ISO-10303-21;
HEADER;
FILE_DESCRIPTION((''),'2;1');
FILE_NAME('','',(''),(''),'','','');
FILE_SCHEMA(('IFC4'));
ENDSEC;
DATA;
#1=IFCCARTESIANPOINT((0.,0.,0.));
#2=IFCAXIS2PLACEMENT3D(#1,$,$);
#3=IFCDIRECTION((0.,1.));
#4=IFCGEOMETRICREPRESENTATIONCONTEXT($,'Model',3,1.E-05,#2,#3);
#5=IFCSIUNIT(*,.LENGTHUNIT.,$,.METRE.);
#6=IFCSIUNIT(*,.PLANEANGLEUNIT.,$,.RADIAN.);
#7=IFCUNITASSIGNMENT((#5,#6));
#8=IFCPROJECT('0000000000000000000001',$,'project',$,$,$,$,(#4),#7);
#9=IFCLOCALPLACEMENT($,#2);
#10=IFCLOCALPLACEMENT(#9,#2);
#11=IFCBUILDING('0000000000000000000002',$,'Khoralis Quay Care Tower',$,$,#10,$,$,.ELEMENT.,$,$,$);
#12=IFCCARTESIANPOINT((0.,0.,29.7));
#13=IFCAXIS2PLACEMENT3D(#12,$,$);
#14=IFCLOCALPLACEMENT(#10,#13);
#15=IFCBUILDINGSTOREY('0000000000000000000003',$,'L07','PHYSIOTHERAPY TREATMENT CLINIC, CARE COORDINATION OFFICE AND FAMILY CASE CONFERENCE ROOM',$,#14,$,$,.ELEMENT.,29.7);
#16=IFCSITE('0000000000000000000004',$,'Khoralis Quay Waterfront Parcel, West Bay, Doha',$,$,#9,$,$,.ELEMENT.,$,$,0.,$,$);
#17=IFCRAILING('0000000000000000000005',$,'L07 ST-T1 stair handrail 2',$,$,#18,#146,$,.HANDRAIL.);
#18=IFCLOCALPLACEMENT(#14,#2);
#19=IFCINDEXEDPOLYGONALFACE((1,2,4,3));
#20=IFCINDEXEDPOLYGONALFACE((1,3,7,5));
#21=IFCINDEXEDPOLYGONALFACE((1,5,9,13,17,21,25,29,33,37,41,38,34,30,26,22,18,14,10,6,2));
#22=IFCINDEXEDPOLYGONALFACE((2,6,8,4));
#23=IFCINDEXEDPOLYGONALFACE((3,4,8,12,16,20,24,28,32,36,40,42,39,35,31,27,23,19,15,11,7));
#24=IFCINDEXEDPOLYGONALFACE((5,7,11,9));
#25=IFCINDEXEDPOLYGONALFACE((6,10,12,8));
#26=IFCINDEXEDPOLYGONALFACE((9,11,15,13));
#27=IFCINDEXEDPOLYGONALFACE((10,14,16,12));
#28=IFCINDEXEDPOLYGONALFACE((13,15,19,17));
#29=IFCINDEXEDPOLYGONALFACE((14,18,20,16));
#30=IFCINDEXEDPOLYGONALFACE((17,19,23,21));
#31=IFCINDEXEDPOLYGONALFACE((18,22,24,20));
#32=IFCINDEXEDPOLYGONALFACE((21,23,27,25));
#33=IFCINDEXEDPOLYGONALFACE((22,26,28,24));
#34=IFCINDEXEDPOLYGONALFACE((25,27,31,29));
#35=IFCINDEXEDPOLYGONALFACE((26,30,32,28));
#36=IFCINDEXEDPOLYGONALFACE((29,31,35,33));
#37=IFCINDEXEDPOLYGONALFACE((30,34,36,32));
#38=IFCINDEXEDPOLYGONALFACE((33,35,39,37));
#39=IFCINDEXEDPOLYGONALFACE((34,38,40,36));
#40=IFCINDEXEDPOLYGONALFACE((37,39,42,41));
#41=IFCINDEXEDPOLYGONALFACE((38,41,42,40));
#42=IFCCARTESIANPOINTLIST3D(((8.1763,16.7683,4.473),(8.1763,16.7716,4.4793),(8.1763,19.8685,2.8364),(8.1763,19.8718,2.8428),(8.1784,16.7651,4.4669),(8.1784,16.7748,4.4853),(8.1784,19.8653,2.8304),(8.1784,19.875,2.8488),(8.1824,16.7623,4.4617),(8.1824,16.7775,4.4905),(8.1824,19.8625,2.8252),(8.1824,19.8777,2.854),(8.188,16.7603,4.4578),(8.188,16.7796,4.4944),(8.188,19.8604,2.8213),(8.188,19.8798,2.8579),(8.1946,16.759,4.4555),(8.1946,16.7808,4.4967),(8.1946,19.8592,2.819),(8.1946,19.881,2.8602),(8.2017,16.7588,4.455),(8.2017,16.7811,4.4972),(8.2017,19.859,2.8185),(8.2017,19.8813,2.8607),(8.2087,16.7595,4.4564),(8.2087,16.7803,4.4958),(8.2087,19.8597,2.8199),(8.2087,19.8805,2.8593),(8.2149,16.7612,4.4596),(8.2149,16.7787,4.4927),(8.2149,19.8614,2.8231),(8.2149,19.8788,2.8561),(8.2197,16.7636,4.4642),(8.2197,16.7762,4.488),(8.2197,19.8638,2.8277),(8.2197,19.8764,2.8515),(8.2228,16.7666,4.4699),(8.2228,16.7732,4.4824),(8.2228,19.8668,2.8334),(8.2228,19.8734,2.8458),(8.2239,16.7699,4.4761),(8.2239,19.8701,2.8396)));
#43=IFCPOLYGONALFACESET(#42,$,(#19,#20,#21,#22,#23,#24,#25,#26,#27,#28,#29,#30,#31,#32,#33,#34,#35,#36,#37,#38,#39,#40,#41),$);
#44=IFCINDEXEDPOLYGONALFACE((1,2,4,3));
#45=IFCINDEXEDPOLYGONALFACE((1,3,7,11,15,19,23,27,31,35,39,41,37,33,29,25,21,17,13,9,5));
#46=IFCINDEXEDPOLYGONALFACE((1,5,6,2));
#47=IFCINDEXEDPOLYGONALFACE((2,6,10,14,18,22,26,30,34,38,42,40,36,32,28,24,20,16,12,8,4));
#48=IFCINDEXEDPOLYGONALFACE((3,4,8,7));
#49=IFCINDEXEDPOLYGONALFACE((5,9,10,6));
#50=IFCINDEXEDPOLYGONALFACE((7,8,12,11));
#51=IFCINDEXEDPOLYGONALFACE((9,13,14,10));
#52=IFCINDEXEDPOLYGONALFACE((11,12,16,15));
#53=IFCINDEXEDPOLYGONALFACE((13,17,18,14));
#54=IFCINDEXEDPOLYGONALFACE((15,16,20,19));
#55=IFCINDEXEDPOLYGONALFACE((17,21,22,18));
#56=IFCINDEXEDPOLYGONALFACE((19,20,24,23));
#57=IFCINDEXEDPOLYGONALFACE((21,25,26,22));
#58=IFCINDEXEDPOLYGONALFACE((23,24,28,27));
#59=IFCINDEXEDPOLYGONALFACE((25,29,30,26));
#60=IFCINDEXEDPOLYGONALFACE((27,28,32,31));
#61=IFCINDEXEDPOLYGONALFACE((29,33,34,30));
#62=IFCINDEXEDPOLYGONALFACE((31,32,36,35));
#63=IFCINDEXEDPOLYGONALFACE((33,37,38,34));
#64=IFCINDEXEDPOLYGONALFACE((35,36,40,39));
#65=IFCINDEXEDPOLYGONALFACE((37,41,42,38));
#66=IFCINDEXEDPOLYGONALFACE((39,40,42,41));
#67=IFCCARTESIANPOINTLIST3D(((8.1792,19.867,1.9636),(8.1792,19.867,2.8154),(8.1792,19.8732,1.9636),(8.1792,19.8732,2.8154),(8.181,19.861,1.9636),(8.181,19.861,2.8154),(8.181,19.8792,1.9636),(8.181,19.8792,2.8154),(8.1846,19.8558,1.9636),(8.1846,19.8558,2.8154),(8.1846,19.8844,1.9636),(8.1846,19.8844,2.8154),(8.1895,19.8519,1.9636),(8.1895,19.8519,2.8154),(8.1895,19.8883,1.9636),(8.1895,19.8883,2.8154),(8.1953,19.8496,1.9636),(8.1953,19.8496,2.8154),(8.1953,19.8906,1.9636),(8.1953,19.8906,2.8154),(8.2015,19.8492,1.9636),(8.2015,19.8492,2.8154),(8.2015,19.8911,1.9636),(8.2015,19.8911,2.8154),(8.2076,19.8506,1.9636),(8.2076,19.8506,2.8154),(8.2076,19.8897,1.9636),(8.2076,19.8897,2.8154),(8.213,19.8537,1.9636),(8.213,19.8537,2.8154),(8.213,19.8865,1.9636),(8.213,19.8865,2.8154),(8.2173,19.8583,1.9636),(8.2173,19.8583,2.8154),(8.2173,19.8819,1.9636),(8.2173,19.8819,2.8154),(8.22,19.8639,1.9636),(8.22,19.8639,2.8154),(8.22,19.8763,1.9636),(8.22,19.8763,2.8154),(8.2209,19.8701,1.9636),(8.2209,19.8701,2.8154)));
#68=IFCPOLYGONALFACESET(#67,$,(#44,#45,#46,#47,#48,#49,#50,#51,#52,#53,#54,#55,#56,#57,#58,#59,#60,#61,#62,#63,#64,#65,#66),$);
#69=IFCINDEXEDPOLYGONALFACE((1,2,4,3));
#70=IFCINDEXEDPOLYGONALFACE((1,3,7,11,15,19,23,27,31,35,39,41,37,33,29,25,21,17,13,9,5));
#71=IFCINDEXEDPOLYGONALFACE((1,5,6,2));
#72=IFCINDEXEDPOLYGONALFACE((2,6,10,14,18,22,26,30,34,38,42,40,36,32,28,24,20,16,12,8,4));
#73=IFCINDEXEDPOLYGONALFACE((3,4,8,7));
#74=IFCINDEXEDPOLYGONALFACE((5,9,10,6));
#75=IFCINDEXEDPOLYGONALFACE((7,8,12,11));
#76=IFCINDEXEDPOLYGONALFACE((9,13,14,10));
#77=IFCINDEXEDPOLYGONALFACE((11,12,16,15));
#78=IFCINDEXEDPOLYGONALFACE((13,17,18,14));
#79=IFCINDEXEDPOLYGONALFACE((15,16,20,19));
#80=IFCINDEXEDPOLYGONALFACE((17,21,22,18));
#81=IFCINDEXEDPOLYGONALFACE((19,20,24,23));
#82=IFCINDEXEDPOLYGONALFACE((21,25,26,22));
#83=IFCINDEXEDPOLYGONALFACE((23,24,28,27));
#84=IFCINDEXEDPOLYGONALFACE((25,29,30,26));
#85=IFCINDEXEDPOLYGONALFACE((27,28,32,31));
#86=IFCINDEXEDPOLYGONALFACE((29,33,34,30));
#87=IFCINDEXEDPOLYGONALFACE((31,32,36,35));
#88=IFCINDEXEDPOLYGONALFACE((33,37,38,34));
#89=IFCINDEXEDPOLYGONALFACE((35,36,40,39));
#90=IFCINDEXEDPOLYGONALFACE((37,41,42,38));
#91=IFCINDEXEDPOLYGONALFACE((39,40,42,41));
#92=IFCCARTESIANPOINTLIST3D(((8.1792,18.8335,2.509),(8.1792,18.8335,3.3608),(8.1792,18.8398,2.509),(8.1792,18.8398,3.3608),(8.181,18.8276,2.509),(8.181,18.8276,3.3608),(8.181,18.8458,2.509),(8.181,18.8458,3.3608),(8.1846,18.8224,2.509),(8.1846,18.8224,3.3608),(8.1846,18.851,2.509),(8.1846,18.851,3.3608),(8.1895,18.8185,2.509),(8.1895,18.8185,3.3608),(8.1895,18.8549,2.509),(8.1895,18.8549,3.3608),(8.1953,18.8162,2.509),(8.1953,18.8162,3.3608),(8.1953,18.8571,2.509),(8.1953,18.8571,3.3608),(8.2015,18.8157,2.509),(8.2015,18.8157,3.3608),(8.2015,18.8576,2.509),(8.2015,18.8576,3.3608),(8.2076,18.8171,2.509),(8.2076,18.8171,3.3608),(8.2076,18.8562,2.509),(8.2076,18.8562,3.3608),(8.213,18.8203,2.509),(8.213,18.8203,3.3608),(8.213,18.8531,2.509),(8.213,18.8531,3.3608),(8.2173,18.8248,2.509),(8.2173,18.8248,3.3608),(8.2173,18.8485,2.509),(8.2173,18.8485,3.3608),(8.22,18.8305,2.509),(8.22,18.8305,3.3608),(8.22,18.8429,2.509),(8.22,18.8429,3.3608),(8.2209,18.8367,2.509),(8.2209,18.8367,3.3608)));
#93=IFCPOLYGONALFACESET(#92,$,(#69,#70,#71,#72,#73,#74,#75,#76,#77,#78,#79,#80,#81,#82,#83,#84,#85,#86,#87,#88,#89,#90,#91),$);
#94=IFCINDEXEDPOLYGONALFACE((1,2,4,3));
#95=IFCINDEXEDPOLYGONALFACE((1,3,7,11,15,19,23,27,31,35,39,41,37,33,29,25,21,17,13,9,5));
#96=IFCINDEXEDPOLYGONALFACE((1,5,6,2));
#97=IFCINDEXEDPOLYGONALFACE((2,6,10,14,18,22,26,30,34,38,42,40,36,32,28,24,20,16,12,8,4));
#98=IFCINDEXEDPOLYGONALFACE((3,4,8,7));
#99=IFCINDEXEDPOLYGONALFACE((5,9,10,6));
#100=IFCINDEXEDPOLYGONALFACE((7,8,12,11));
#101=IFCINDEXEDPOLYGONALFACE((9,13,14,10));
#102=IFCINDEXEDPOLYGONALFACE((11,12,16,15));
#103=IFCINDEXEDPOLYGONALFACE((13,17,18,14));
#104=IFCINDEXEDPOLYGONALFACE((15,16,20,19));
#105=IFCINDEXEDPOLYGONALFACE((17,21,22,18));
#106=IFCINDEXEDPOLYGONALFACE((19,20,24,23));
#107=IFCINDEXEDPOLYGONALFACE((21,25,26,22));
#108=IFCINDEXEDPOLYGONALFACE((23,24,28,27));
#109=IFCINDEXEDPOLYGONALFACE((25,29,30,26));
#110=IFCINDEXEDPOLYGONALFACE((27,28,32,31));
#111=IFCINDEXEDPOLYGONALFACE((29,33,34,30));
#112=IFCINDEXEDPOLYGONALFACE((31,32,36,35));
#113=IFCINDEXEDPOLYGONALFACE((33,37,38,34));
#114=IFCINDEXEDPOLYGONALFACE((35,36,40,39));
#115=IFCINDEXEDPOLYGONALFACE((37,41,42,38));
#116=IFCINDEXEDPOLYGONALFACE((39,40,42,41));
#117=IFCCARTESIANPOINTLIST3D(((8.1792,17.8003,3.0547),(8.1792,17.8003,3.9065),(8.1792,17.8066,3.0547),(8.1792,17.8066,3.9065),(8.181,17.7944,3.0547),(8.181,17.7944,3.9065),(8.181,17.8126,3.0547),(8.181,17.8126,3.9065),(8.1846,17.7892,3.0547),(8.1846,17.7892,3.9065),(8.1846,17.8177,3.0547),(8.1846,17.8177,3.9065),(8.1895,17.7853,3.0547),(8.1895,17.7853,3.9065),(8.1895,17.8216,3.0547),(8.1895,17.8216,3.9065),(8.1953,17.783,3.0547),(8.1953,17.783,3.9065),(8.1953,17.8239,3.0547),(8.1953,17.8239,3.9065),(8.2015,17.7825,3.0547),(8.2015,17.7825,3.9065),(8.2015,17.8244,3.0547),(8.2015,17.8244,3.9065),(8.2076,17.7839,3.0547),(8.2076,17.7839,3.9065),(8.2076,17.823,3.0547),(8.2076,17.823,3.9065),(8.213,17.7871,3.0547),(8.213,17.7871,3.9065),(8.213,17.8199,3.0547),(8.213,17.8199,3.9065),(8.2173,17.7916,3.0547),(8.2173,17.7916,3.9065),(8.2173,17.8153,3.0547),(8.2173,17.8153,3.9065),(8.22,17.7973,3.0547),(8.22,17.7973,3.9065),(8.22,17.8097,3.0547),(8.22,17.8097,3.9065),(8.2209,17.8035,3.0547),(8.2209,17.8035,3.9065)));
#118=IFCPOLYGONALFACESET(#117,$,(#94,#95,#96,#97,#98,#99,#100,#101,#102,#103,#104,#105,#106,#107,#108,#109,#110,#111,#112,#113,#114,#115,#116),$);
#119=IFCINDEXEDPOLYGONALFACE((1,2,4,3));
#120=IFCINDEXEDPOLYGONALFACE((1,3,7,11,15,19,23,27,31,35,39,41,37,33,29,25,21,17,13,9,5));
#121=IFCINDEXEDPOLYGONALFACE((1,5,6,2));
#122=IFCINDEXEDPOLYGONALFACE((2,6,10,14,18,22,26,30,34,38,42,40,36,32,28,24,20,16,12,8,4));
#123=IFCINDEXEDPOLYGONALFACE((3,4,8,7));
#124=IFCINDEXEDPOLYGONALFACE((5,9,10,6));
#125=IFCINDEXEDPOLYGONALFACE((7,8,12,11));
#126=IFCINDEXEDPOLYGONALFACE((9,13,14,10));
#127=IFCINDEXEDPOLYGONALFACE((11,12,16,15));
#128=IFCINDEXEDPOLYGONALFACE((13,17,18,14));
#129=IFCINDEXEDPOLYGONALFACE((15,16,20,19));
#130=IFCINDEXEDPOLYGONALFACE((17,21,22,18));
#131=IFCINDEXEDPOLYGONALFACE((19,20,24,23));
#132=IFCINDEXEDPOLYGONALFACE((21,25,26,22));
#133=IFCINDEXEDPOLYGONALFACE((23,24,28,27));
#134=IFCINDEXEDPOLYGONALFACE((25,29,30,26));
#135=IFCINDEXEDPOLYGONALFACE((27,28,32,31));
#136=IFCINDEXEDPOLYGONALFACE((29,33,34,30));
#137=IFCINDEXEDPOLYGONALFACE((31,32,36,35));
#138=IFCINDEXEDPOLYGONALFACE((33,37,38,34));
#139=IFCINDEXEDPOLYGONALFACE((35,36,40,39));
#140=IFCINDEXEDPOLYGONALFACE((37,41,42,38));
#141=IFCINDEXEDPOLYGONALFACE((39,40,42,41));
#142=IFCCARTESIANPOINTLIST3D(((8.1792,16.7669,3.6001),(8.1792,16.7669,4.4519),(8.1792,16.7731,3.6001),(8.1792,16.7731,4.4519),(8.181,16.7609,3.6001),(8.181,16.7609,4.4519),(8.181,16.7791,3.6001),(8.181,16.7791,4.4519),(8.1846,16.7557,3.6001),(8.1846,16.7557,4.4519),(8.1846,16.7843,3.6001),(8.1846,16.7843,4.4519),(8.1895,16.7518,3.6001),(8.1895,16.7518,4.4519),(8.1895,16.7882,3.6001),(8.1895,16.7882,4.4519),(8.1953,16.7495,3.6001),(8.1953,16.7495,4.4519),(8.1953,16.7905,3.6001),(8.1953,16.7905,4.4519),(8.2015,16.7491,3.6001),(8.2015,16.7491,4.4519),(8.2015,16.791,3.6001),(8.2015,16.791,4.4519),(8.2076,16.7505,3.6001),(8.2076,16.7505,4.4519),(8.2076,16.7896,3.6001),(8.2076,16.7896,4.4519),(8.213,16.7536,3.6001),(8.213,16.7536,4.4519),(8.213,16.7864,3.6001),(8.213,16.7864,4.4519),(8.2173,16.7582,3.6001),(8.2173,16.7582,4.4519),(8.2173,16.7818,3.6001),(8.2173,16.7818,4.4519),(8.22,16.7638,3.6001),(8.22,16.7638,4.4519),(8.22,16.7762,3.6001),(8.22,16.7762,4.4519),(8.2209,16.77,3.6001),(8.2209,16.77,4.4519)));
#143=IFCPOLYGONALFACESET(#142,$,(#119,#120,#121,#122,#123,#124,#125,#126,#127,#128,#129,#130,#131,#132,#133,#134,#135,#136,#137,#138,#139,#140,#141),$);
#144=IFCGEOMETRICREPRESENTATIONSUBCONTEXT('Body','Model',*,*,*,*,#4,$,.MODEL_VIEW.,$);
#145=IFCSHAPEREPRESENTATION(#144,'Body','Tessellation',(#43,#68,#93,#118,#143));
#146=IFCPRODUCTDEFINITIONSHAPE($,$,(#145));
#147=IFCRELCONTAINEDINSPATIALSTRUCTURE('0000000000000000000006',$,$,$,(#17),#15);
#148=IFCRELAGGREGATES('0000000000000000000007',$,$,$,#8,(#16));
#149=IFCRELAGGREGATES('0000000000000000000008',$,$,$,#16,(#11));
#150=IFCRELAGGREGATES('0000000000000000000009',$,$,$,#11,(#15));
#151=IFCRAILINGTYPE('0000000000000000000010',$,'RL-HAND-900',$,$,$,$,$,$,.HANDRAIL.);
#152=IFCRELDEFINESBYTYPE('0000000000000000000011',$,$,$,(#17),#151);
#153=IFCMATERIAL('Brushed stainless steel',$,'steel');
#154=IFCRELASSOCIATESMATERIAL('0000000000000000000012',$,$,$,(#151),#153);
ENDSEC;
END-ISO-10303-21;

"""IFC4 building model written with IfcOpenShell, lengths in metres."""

from ifc_helpers import new_model, si_unit, direction, frame, origin, origin_2d, place, context, subcontext, project, spatial, circle, extrude, material, type_object, element, save


model = new_model("IFC4")

# Units and contexts
model_context = context("Model", 3, precision=1e-05, world=origin(), true_north=direction((0.0, 1.0)))
body_context = subcontext(model_context, "Body", "Model", "MODEL_VIEW")
ifc_project = project(units=[si_unit("LENGTHUNIT", "METRE"), si_unit("PLANEANGLEUNIT", "RADIAN")], contexts=[model_context])

# Site, building, storey
site_placement = place(None, origin())
site = spatial("IfcSite", under=ifc_project, at=site_placement, Name="Khoralis Quay Waterfront Parcel, West Bay, Doha", CompositionType="ELEMENT", RefElevation=0.0)
building_placement = place(site_placement, origin())
building = spatial("IfcBuilding", under=site, at=building_placement, Name="Khoralis Quay Care Tower", CompositionType="ELEMENT")
storey_placement = place(building_placement, frame((0.0, 0.0, 29.7)))
storey = spatial("IfcBuildingStorey", under=building, at=storey_placement, Name="L07", Description="PHYSIOTHERAPY TREATMENT CLINIC, CARE COORDINATION OFFICE AND FAMILY CASE CONFERENCE ROOM", CompositionType="ELEMENT", Elevation=29.7)

# Shared definitions
ifc_material_1 = material(Name="Brushed stainless steel", Category="steel")

# Railing
railing_type_1 = type_object("IfcRailingType", Name="RL-HAND-900", PredefinedType="HANDRAIL", material=ifc_material_1)
railing_1_placement = place(storey_placement, frame((8.2, 19.8701, 1.9636)))
element("IfcRailing", 1, at=railing_1_placement, inside=storey, type_object=railing_type_1, Name="L07 ST-T1 stair handrail 2", PredefinedType="HANDRAIL", context=body_context, shape_type="SweptSolid", body=[
    extrude(circle(Radius=0.0239, at=origin_2d()), frame((0.0, 0.0, 0.876), z_axis=(0.0, -0.884348, 0.466828), x_axis=(1.0, 0.0, 0.0)), (0.0, 0.0, 1.0), 3.5056),
    extrude(circle(Radius=0.021, at=origin_2d()), origin(), (0.0, 0.0, 1.0), 0.8518),
    extrude(circle(Radius=0.021, at=origin_2d()), frame((0.0, -1.0334, 0.5454)), (0.0, 0.0, 1.0), 0.8518),
    extrude(circle(Radius=0.021, at=origin_2d()), frame((0.0, -2.0667, 1.0911)), (0.0, 0.0, 1.0), 0.8518),
    extrude(circle(Radius=0.021, at=origin_2d()), frame((0.0, -3.1001, 1.6365)), (0.0, 0.0, 1.0), 0.8518),
])

save(model, "model.ifc")
